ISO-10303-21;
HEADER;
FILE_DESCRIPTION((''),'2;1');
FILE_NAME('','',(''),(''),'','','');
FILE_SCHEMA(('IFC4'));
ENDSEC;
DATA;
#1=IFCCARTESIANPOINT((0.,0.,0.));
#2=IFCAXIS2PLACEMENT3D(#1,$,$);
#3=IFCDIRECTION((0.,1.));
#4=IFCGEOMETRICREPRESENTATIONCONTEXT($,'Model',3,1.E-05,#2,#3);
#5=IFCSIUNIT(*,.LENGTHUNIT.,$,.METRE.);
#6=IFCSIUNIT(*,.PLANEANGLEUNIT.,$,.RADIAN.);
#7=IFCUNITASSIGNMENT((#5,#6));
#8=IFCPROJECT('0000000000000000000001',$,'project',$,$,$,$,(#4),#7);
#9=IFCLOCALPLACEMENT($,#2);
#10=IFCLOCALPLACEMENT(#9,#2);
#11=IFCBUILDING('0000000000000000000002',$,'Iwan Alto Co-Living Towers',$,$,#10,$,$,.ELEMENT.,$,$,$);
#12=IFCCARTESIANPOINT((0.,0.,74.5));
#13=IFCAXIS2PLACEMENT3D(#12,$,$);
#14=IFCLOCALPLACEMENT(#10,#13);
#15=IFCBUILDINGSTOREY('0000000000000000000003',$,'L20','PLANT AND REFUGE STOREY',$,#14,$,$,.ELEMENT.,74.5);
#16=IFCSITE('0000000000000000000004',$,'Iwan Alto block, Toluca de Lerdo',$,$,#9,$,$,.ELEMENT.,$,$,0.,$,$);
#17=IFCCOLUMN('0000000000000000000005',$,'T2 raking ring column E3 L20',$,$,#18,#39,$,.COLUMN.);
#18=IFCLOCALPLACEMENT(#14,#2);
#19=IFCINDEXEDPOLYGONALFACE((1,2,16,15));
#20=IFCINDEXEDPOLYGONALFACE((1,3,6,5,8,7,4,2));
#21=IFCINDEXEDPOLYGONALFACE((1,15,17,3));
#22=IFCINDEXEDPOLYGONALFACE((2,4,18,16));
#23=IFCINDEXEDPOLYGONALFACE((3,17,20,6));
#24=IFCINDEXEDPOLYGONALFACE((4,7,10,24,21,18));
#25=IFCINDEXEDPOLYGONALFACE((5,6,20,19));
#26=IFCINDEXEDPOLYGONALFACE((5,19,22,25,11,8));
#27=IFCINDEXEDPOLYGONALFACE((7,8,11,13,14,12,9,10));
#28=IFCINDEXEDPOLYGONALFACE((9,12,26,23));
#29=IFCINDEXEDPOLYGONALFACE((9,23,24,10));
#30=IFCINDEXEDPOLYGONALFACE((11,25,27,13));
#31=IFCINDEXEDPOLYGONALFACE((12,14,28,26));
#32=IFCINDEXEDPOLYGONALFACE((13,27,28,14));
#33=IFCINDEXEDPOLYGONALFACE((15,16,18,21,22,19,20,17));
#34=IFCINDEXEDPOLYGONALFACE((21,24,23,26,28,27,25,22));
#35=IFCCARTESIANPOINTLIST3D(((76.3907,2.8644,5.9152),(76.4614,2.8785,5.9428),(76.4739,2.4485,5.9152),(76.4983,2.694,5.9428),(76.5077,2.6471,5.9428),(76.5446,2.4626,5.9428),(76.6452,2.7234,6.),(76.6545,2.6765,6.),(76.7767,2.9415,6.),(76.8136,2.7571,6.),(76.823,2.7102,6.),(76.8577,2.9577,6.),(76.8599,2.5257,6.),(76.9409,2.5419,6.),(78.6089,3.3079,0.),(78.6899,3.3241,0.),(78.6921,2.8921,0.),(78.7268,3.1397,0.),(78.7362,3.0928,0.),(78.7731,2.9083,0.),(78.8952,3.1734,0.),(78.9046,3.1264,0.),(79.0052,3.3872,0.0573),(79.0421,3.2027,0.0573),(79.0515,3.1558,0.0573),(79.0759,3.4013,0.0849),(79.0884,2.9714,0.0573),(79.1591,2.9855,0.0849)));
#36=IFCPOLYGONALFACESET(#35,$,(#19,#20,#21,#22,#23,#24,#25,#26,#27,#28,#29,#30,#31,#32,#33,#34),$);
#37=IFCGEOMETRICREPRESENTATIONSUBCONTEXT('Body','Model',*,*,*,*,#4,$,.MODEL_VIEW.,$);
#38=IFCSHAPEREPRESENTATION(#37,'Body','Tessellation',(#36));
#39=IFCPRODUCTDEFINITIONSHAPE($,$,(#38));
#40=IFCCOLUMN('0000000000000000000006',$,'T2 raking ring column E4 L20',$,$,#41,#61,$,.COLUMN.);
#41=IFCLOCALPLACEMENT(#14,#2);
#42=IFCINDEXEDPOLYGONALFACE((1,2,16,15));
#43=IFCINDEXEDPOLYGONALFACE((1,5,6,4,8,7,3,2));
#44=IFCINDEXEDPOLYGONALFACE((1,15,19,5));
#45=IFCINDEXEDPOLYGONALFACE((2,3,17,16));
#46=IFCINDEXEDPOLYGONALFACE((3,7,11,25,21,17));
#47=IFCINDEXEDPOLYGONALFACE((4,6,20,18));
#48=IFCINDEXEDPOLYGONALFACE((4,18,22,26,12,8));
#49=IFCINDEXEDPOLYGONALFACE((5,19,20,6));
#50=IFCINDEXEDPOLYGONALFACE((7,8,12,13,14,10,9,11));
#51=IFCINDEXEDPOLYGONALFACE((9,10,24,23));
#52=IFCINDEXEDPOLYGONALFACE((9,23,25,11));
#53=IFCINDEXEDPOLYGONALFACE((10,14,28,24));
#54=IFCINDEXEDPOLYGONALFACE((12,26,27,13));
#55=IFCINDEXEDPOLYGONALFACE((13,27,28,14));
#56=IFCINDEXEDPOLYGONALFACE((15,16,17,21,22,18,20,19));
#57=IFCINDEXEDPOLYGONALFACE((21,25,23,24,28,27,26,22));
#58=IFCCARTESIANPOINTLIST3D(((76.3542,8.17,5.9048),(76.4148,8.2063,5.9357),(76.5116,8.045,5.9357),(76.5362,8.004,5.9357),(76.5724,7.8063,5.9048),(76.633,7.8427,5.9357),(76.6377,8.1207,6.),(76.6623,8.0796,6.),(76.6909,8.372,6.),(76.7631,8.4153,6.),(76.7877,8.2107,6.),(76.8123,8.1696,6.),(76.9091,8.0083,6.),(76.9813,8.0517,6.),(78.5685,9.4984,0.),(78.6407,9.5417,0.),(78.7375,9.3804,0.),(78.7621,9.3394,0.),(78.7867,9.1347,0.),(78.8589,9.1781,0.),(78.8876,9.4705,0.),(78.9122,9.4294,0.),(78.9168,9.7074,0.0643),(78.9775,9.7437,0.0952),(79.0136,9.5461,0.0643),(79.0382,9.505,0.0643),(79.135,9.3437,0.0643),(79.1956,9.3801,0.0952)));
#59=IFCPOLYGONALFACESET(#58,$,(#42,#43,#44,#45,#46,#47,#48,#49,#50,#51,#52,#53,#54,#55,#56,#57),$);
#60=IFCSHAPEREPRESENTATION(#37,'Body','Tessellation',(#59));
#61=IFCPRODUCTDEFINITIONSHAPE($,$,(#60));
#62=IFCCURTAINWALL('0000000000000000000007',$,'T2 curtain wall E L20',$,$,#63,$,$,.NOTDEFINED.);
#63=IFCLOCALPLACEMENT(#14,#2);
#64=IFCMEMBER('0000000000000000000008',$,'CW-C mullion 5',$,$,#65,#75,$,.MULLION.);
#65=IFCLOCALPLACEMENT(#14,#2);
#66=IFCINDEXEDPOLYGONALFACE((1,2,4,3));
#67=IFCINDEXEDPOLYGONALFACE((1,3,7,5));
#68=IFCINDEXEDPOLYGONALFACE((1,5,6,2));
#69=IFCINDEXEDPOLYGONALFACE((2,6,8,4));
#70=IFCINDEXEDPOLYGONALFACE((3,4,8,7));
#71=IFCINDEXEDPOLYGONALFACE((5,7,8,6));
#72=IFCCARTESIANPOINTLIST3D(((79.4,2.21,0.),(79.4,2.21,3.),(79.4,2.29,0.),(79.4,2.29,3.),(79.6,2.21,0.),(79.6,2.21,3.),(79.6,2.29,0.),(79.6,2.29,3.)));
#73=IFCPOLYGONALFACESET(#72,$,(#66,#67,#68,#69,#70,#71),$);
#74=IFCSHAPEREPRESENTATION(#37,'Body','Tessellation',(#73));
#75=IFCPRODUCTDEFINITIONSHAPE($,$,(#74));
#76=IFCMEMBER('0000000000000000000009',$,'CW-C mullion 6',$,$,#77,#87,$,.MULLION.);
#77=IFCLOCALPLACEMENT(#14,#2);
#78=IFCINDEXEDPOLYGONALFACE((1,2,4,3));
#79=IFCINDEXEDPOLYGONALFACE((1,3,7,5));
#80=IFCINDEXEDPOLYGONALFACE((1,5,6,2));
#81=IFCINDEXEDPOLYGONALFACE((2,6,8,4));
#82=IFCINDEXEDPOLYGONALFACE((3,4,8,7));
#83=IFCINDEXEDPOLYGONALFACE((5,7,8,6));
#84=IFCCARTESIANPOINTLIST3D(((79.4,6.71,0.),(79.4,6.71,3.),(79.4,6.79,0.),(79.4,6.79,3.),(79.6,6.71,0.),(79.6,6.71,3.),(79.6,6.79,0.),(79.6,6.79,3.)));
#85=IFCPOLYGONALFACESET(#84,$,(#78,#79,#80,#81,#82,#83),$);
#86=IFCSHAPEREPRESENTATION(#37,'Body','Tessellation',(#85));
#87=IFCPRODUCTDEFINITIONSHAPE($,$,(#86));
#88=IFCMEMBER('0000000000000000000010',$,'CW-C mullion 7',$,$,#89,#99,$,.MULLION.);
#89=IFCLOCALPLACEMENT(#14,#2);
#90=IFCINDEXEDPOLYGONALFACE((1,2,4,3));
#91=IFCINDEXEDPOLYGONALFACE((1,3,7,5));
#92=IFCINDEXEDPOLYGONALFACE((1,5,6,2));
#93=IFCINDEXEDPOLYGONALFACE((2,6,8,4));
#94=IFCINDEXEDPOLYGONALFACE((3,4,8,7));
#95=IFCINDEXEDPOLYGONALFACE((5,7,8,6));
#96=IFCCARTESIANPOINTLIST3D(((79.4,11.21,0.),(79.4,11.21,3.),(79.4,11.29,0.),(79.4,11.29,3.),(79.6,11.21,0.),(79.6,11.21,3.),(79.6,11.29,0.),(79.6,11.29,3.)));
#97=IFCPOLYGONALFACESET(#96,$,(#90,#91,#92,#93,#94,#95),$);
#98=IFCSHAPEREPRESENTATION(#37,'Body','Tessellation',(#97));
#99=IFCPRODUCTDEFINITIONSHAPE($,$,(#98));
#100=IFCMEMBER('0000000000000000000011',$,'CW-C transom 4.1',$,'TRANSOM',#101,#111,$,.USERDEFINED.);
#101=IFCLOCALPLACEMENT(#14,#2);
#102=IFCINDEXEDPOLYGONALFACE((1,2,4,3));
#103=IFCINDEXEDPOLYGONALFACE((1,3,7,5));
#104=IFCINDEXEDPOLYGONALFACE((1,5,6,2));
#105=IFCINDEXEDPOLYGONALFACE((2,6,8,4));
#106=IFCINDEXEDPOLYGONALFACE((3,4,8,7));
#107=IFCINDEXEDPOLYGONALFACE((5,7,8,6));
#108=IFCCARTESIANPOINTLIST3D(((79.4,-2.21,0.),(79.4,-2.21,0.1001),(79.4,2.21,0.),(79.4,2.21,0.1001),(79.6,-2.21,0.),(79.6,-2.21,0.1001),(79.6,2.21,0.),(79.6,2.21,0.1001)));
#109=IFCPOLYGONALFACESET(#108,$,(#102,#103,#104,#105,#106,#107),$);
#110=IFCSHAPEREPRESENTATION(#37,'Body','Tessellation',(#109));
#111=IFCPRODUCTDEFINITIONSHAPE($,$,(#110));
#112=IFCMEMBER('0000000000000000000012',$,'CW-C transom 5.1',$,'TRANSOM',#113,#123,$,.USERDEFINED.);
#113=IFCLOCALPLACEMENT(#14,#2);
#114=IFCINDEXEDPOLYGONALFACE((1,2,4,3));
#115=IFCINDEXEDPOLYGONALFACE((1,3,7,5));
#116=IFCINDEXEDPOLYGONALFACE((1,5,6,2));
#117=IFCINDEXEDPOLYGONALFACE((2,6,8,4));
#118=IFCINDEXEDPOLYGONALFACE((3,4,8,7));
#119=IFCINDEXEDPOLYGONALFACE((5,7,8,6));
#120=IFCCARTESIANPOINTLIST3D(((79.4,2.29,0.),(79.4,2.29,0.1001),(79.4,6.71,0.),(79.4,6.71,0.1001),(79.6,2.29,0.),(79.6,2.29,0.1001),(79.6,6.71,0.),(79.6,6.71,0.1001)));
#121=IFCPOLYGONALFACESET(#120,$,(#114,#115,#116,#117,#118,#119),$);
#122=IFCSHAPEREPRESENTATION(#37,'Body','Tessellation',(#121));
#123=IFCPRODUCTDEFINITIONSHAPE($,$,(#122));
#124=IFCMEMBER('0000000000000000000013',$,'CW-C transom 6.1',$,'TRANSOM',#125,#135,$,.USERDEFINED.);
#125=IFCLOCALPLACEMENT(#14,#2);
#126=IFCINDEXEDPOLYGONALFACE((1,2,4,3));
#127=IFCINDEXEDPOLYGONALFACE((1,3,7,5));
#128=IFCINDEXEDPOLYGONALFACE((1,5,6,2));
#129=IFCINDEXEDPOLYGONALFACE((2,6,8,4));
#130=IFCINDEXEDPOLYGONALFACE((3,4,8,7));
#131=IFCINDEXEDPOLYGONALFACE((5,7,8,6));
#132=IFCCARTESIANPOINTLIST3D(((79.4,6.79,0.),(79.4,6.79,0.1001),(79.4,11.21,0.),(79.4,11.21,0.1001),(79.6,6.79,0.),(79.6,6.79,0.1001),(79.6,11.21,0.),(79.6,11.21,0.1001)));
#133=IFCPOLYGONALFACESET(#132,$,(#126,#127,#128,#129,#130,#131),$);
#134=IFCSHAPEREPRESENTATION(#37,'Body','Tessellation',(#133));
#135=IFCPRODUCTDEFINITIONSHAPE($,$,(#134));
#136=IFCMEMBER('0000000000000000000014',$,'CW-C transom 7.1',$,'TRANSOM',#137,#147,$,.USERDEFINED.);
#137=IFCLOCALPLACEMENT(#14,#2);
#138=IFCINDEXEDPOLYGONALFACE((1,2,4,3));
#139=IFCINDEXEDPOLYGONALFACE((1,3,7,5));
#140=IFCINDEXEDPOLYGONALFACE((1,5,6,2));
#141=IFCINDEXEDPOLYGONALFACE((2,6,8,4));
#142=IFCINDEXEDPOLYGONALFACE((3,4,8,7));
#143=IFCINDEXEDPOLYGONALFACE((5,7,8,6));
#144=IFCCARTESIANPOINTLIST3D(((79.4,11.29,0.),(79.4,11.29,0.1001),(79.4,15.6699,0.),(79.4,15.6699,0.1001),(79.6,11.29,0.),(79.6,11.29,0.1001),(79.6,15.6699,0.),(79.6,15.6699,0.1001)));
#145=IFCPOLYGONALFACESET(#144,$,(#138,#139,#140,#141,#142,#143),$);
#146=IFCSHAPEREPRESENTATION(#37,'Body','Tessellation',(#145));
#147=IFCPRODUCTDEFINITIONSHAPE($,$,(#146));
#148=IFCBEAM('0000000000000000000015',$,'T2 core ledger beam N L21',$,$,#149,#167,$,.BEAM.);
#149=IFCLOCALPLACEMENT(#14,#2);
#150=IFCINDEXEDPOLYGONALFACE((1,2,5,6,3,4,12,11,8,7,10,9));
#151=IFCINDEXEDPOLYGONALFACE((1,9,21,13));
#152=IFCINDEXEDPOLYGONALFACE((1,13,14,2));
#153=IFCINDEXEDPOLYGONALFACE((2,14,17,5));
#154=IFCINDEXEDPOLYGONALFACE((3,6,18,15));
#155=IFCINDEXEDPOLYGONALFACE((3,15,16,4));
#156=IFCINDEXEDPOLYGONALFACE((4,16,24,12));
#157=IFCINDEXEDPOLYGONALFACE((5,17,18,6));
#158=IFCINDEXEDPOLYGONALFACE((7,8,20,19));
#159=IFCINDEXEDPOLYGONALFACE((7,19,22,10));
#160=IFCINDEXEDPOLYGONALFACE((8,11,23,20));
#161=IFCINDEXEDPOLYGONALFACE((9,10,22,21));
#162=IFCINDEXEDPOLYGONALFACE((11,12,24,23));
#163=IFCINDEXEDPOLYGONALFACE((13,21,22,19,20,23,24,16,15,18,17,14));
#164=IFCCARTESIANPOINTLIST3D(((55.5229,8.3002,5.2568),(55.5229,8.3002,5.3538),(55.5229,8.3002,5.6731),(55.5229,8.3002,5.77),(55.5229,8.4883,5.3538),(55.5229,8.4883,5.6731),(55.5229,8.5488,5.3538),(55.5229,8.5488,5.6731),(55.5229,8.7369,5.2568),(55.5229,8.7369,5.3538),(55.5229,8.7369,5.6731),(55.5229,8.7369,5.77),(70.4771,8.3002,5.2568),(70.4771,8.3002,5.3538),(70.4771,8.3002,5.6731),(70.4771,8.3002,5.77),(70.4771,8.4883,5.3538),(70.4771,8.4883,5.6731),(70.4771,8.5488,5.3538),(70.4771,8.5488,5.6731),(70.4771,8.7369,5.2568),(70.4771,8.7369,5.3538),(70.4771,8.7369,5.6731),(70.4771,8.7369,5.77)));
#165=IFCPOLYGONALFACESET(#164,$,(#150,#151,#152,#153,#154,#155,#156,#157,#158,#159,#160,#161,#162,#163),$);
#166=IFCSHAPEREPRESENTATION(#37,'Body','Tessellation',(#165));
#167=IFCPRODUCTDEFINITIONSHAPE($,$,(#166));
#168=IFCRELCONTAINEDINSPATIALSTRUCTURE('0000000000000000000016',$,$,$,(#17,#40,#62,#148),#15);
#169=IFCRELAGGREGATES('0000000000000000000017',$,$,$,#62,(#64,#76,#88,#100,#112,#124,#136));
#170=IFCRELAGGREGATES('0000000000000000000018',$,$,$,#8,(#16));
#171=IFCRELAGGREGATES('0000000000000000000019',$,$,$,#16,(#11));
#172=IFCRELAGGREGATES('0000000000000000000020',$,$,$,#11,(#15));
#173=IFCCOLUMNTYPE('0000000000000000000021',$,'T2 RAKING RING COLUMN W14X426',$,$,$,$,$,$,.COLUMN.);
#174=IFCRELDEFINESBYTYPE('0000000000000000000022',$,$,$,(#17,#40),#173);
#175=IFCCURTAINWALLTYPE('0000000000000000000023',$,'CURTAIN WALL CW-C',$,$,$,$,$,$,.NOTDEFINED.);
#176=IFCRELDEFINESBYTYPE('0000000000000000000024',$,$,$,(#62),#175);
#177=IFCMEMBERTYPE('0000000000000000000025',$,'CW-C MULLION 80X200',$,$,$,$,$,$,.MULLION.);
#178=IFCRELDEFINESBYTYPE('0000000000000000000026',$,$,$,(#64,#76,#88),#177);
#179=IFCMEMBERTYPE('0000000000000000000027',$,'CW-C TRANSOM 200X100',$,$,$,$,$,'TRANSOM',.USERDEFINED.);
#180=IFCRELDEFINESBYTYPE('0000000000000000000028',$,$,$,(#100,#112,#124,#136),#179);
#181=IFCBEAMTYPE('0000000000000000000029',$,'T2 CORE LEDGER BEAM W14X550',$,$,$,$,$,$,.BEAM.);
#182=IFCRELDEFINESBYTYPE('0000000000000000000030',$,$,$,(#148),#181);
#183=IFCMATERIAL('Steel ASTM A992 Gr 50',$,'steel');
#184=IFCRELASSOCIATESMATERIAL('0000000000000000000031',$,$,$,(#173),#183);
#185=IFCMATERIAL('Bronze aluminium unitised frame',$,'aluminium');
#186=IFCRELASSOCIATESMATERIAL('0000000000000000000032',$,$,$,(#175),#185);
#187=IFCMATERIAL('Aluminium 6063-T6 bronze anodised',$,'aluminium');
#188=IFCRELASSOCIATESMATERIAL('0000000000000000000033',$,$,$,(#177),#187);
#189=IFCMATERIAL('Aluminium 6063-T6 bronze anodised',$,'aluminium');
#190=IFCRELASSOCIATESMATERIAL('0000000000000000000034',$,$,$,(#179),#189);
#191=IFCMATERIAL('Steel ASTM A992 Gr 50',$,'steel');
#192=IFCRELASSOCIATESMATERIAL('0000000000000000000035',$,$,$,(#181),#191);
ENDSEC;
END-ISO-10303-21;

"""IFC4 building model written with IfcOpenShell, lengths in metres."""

from ifc_helpers import new_model, si_unit, direction, frame, origin, origin_2d, place, context, subcontext, project, spatial, rectangle, i_section, extrude, clip, halfspace, material, material_profile, profile_set, type_object, element, aggregate, save


model = new_model("IFC4")

# Units and contexts
model_context = context("Model", 3, precision=1e-05, world=origin(), true_north=direction((0.0, 1.0)))
body_context = subcontext(model_context, "Body", "Model", "MODEL_VIEW")
ifc_project = project(units=[si_unit("LENGTHUNIT", "METRE"), si_unit("PLANEANGLEUNIT", "RADIAN")], contexts=[model_context])

# Site, building, storey
site_placement = place(None, origin())
site = spatial("IfcSite", under=ifc_project, at=site_placement, Name="Iwan Alto block, Toluca de Lerdo", CompositionType="ELEMENT", RefElevation=0.0)
building_placement = place(site_placement, origin())
building = spatial("IfcBuilding", under=site, at=building_placement, Name="Iwan Alto Co-Living Towers", CompositionType="ELEMENT")
storey_placement = place(building_placement, frame((0.0, 0.0, 74.5)))
storey = spatial("IfcBuildingStorey", under=building, at=storey_placement, Name="L20", Description="PLANT AND REFUGE STOREY", CompositionType="ELEMENT", Elevation=74.5)

# Columns
ifc_material_1 = material(Name="Steel ASTM A992 Gr 50", Category="steel")
ifc_material_profile_1 = material_profile(ifc_material_1, i_section(OverallWidth=0.4241, OverallDepth=0.4751, WebThickness=0.0479, FlangeThickness=0.0771, at=origin_2d()), Name="W14X426")
ifc_profile_set_1 = profile_set([ifc_material_profile_1], Name="Steel ASTM A992 Gr 50")
column_type = type_object("IfcColumnType", Name="T2 RAKING RING COLUMN W14X426", PredefinedType="COLUMN", material=ifc_profile_set_1)
column_1_placement = place(storey_placement, frame((78.8999, 3.1499, 0.0), z_axis=(-0.350261, -0.070045, 0.934029), x_axis=(0.196096, -0.980585, 0.0)))
element("IfcColumn", 1, at=column_1_placement, inside=storey, type_object=column_type, Name="T2 raking ring column E3 L20", PredefinedType="COLUMN", context=body_context, shape_type="Clipping", body=[
    clip(clip(extrude(i_section(OverallWidth=0.4241, OverallDepth=0.4751, WebThickness=0.0479, FlangeThickness=0.0771, at=origin_2d()), origin(), (0.0, 0.0, 1.0), 6.4238), halfspace(frame((0.0, 0.0, 0.0), z_axis=(0.0, -0.357196, -0.934029), x_axis=(0.196096, 0.915895, -0.350261)), False)), halfspace(frame((0.0, 2.1431, 5.6042), z_axis=(0.0, 0.357196, 0.934029), x_axis=(0.196096, 0.915895, -0.350261)), False)),
])
column_2_placement = place(storey_placement, frame((78.8999, 9.45, 0.0), z_axis=(-0.343583, -0.206128, 0.916222), x_axis=(0.514455, -0.857518, 0.0)))
element("IfcColumn", 2, at=column_2_placement, inside=storey, type_object=column_type, Name="T2 raking ring column E4 L20", PredefinedType="COLUMN", context=body_context, shape_type="Clipping", body=[
    clip(clip(extrude(i_section(OverallWidth=0.4241, OverallDepth=0.4751, WebThickness=0.0479, FlangeThickness=0.0771, at=origin_2d()), origin(), (0.0, 0.0, 1.0), 6.5486), halfspace(frame((0.0, 0.0, 0.0), z_axis=(0.0, -0.400672, -0.916222), x_axis=(0.514455, 0.785676, -0.343583)), False)), halfspace(frame((0.0, 2.4041, 5.4973), z_axis=(0.0, 0.400672, 0.916222), x_axis=(0.514455, 0.785676, -0.343583)), False)),
])

# Curtain wall, members
ifc_material_2 = material(Name="Bronze aluminium unitised frame", Category="aluminium")
curtain_wall_type = type_object("IfcCurtainWallType", Name="CURTAIN WALL CW-C", PredefinedType="NOTDEFINED", material=ifc_material_2)
curtain_wall_placement = place(storey_placement, origin())
curtain_wall = element("IfcCurtainWall", 3, at=curtain_wall_placement, inside=storey, type_object=curtain_wall_type, Name="T2 curtain wall E L20", PredefinedType="NOTDEFINED")
ifc_material_3 = material(Name="Aluminium 6063-T6 bronze anodised", Category="aluminium")
ifc_material_profile_2 = material_profile(ifc_material_3, rectangle(XDim=0.2, YDim=0.0801, at=origin_2d()), Name="AL 80X200")
ifc_profile_set_2 = profile_set([ifc_material_profile_2], Name="Aluminium 6063-T6 bronze anodised")
member_type_1 = type_object("IfcMemberType", Name="CW-C MULLION 80X200", PredefinedType="MULLION", material=ifc_profile_set_2)
member_1_placement = place(storey_placement, frame((79.5, 2.25, 0.0), z_axis=(0.0, 0.0, 1.0), x_axis=(-1.0, 0.0, 0.0)))
member_1 = element("IfcMember", 4, at=member_1_placement, type_object=member_type_1, Name="CW-C mullion 5", PredefinedType="MULLION", context=body_context, shape_type="SweptSolid", body=[
    extrude(rectangle(XDim=0.2, YDim=0.0801, at=origin_2d()), origin(), (0.0, 0.0, 1.0), 3.0),
])
member_2_placement = place(storey_placement, frame((79.5, 6.75, 0.0), z_axis=(0.0, 0.0, 1.0), x_axis=(-1.0, 0.0, 0.0)))
member_2 = element("IfcMember", 5, at=member_2_placement, type_object=member_type_1, Name="CW-C mullion 6", PredefinedType="MULLION", context=body_context, shape_type="SweptSolid", body=[
    extrude(rectangle(XDim=0.2, YDim=0.0801, at=origin_2d()), origin(), (0.0, 0.0, 1.0), 3.0),
])
member_3_placement = place(storey_placement, frame((79.5, 11.25, 0.0), z_axis=(0.0, 0.0, 1.0), x_axis=(-1.0, 0.0, 0.0)))
member_3 = element("IfcMember", 6, at=member_3_placement, type_object=member_type_1, Name="CW-C mullion 7", PredefinedType="MULLION", context=body_context, shape_type="SweptSolid", body=[
    extrude(rectangle(XDim=0.2, YDim=0.0801, at=origin_2d()), origin(), (0.0, 0.0, 1.0), 3.0),
])
ifc_material_4 = material(Name="Aluminium 6063-T6 bronze anodised", Category="aluminium")
ifc_material_profile_3 = material_profile(ifc_material_4, rectangle(XDim=0.2, YDim=0.1001, at=origin_2d()), Name="AL 200X100")
ifc_profile_set_3 = profile_set([ifc_material_profile_3], Name="Aluminium 6063-T6 bronze anodised")
member_type_2 = type_object("IfcMemberType", Name="CW-C TRANSOM 200X100", ElementType="TRANSOM", PredefinedType="USERDEFINED", material=ifc_profile_set_3)
member_4_placement = place(storey_placement, frame((79.5, -2.21, 0.05), z_axis=(0.0, 1.0, 0.0), x_axis=(-1.0, 0.0, 0.0)))
member_4 = element("IfcMember", 7, at=member_4_placement, type_object=member_type_2, Name="CW-C transom 4.1", ObjectType="TRANSOM", PredefinedType="USERDEFINED", context=body_context, shape_type="SweptSolid", body=[
    extrude(rectangle(XDim=0.2, YDim=0.1001, at=origin_2d()), origin(), (0.0, 0.0, 1.0), 4.4199),
])
member_5_placement = place(storey_placement, frame((79.5, 2.29, 0.05), z_axis=(0.0, 1.0, 0.0), x_axis=(-1.0, 0.0, 0.0)))
member_5 = element("IfcMember", 8, at=member_5_placement, type_object=member_type_2, Name="CW-C transom 5.1", ObjectType="TRANSOM", PredefinedType="USERDEFINED", context=body_context, shape_type="SweptSolid", body=[
    extrude(rectangle(XDim=0.2, YDim=0.1001, at=origin_2d()), origin(), (0.0, 0.0, 1.0), 4.4199),
])
member_6_placement = place(storey_placement, frame((79.5, 6.79, 0.05), z_axis=(0.0, 1.0, 0.0), x_axis=(-1.0, 0.0, 0.0)))
member_6 = element("IfcMember", 9, at=member_6_placement, type_object=member_type_2, Name="CW-C transom 6.1", ObjectType="TRANSOM", PredefinedType="USERDEFINED", context=body_context, shape_type="SweptSolid", body=[
    extrude(rectangle(XDim=0.2, YDim=0.1001, at=origin_2d()), origin(), (0.0, 0.0, 1.0), 4.4199),
])
member_7_placement = place(storey_placement, frame((79.5, 11.29, 0.05), z_axis=(0.0, 1.0, 0.0), x_axis=(-1.0, 0.0, 0.0)))
member_7 = element("IfcMember", 10, at=member_7_placement, type_object=member_type_2, Name="CW-C transom 7.1", ObjectType="TRANSOM", PredefinedType="USERDEFINED", context=body_context, shape_type="SweptSolid", body=[
    extrude(rectangle(XDim=0.2, YDim=0.1001, at=origin_2d()), origin(), (0.0, 0.0, 1.0), 4.3799),
])

# Beam
ifc_material_5 = material(Name="Steel ASTM A992 Gr 50", Category="steel")
ifc_material_profile_4 = material_profile(ifc_material_5, i_section(OverallWidth=0.4368, OverallDepth=0.5132, WebThickness=0.0605, FlangeThickness=0.0969, at=origin_2d()), Name="W14X550")
ifc_profile_set_4 = profile_set([ifc_material_profile_4], Name="Steel ASTM A992 Gr 50")
beam_type_1 = type_object("IfcBeamType", Name="T2 CORE LEDGER BEAM W14X550", PredefinedType="BEAM", material=ifc_profile_set_4)
beam_1_placement = place(storey_placement, frame((70.4771, 8.5186, 5.5134), z_axis=(-1.0, 0.0, 0.0), x_axis=(0.0, -1.0, 0.0)))
element("IfcBeam", 11, at=beam_1_placement, inside=storey, type_object=beam_type_1, Name="T2 core ledger beam N L21", PredefinedType="BEAM", context=body_context, shape_type="SweptSolid", body=[
    extrude(i_section(OverallWidth=0.4368, OverallDepth=0.5132, WebThickness=0.0605, FlangeThickness=0.0969, at=origin_2d()), origin(), (0.0, 0.0, 1.0), 14.9541),
])

aggregate(curtain_wall, [member_1, member_2, member_3, member_4, member_5, member_6, member_7])

save(model, "model.ifc")
